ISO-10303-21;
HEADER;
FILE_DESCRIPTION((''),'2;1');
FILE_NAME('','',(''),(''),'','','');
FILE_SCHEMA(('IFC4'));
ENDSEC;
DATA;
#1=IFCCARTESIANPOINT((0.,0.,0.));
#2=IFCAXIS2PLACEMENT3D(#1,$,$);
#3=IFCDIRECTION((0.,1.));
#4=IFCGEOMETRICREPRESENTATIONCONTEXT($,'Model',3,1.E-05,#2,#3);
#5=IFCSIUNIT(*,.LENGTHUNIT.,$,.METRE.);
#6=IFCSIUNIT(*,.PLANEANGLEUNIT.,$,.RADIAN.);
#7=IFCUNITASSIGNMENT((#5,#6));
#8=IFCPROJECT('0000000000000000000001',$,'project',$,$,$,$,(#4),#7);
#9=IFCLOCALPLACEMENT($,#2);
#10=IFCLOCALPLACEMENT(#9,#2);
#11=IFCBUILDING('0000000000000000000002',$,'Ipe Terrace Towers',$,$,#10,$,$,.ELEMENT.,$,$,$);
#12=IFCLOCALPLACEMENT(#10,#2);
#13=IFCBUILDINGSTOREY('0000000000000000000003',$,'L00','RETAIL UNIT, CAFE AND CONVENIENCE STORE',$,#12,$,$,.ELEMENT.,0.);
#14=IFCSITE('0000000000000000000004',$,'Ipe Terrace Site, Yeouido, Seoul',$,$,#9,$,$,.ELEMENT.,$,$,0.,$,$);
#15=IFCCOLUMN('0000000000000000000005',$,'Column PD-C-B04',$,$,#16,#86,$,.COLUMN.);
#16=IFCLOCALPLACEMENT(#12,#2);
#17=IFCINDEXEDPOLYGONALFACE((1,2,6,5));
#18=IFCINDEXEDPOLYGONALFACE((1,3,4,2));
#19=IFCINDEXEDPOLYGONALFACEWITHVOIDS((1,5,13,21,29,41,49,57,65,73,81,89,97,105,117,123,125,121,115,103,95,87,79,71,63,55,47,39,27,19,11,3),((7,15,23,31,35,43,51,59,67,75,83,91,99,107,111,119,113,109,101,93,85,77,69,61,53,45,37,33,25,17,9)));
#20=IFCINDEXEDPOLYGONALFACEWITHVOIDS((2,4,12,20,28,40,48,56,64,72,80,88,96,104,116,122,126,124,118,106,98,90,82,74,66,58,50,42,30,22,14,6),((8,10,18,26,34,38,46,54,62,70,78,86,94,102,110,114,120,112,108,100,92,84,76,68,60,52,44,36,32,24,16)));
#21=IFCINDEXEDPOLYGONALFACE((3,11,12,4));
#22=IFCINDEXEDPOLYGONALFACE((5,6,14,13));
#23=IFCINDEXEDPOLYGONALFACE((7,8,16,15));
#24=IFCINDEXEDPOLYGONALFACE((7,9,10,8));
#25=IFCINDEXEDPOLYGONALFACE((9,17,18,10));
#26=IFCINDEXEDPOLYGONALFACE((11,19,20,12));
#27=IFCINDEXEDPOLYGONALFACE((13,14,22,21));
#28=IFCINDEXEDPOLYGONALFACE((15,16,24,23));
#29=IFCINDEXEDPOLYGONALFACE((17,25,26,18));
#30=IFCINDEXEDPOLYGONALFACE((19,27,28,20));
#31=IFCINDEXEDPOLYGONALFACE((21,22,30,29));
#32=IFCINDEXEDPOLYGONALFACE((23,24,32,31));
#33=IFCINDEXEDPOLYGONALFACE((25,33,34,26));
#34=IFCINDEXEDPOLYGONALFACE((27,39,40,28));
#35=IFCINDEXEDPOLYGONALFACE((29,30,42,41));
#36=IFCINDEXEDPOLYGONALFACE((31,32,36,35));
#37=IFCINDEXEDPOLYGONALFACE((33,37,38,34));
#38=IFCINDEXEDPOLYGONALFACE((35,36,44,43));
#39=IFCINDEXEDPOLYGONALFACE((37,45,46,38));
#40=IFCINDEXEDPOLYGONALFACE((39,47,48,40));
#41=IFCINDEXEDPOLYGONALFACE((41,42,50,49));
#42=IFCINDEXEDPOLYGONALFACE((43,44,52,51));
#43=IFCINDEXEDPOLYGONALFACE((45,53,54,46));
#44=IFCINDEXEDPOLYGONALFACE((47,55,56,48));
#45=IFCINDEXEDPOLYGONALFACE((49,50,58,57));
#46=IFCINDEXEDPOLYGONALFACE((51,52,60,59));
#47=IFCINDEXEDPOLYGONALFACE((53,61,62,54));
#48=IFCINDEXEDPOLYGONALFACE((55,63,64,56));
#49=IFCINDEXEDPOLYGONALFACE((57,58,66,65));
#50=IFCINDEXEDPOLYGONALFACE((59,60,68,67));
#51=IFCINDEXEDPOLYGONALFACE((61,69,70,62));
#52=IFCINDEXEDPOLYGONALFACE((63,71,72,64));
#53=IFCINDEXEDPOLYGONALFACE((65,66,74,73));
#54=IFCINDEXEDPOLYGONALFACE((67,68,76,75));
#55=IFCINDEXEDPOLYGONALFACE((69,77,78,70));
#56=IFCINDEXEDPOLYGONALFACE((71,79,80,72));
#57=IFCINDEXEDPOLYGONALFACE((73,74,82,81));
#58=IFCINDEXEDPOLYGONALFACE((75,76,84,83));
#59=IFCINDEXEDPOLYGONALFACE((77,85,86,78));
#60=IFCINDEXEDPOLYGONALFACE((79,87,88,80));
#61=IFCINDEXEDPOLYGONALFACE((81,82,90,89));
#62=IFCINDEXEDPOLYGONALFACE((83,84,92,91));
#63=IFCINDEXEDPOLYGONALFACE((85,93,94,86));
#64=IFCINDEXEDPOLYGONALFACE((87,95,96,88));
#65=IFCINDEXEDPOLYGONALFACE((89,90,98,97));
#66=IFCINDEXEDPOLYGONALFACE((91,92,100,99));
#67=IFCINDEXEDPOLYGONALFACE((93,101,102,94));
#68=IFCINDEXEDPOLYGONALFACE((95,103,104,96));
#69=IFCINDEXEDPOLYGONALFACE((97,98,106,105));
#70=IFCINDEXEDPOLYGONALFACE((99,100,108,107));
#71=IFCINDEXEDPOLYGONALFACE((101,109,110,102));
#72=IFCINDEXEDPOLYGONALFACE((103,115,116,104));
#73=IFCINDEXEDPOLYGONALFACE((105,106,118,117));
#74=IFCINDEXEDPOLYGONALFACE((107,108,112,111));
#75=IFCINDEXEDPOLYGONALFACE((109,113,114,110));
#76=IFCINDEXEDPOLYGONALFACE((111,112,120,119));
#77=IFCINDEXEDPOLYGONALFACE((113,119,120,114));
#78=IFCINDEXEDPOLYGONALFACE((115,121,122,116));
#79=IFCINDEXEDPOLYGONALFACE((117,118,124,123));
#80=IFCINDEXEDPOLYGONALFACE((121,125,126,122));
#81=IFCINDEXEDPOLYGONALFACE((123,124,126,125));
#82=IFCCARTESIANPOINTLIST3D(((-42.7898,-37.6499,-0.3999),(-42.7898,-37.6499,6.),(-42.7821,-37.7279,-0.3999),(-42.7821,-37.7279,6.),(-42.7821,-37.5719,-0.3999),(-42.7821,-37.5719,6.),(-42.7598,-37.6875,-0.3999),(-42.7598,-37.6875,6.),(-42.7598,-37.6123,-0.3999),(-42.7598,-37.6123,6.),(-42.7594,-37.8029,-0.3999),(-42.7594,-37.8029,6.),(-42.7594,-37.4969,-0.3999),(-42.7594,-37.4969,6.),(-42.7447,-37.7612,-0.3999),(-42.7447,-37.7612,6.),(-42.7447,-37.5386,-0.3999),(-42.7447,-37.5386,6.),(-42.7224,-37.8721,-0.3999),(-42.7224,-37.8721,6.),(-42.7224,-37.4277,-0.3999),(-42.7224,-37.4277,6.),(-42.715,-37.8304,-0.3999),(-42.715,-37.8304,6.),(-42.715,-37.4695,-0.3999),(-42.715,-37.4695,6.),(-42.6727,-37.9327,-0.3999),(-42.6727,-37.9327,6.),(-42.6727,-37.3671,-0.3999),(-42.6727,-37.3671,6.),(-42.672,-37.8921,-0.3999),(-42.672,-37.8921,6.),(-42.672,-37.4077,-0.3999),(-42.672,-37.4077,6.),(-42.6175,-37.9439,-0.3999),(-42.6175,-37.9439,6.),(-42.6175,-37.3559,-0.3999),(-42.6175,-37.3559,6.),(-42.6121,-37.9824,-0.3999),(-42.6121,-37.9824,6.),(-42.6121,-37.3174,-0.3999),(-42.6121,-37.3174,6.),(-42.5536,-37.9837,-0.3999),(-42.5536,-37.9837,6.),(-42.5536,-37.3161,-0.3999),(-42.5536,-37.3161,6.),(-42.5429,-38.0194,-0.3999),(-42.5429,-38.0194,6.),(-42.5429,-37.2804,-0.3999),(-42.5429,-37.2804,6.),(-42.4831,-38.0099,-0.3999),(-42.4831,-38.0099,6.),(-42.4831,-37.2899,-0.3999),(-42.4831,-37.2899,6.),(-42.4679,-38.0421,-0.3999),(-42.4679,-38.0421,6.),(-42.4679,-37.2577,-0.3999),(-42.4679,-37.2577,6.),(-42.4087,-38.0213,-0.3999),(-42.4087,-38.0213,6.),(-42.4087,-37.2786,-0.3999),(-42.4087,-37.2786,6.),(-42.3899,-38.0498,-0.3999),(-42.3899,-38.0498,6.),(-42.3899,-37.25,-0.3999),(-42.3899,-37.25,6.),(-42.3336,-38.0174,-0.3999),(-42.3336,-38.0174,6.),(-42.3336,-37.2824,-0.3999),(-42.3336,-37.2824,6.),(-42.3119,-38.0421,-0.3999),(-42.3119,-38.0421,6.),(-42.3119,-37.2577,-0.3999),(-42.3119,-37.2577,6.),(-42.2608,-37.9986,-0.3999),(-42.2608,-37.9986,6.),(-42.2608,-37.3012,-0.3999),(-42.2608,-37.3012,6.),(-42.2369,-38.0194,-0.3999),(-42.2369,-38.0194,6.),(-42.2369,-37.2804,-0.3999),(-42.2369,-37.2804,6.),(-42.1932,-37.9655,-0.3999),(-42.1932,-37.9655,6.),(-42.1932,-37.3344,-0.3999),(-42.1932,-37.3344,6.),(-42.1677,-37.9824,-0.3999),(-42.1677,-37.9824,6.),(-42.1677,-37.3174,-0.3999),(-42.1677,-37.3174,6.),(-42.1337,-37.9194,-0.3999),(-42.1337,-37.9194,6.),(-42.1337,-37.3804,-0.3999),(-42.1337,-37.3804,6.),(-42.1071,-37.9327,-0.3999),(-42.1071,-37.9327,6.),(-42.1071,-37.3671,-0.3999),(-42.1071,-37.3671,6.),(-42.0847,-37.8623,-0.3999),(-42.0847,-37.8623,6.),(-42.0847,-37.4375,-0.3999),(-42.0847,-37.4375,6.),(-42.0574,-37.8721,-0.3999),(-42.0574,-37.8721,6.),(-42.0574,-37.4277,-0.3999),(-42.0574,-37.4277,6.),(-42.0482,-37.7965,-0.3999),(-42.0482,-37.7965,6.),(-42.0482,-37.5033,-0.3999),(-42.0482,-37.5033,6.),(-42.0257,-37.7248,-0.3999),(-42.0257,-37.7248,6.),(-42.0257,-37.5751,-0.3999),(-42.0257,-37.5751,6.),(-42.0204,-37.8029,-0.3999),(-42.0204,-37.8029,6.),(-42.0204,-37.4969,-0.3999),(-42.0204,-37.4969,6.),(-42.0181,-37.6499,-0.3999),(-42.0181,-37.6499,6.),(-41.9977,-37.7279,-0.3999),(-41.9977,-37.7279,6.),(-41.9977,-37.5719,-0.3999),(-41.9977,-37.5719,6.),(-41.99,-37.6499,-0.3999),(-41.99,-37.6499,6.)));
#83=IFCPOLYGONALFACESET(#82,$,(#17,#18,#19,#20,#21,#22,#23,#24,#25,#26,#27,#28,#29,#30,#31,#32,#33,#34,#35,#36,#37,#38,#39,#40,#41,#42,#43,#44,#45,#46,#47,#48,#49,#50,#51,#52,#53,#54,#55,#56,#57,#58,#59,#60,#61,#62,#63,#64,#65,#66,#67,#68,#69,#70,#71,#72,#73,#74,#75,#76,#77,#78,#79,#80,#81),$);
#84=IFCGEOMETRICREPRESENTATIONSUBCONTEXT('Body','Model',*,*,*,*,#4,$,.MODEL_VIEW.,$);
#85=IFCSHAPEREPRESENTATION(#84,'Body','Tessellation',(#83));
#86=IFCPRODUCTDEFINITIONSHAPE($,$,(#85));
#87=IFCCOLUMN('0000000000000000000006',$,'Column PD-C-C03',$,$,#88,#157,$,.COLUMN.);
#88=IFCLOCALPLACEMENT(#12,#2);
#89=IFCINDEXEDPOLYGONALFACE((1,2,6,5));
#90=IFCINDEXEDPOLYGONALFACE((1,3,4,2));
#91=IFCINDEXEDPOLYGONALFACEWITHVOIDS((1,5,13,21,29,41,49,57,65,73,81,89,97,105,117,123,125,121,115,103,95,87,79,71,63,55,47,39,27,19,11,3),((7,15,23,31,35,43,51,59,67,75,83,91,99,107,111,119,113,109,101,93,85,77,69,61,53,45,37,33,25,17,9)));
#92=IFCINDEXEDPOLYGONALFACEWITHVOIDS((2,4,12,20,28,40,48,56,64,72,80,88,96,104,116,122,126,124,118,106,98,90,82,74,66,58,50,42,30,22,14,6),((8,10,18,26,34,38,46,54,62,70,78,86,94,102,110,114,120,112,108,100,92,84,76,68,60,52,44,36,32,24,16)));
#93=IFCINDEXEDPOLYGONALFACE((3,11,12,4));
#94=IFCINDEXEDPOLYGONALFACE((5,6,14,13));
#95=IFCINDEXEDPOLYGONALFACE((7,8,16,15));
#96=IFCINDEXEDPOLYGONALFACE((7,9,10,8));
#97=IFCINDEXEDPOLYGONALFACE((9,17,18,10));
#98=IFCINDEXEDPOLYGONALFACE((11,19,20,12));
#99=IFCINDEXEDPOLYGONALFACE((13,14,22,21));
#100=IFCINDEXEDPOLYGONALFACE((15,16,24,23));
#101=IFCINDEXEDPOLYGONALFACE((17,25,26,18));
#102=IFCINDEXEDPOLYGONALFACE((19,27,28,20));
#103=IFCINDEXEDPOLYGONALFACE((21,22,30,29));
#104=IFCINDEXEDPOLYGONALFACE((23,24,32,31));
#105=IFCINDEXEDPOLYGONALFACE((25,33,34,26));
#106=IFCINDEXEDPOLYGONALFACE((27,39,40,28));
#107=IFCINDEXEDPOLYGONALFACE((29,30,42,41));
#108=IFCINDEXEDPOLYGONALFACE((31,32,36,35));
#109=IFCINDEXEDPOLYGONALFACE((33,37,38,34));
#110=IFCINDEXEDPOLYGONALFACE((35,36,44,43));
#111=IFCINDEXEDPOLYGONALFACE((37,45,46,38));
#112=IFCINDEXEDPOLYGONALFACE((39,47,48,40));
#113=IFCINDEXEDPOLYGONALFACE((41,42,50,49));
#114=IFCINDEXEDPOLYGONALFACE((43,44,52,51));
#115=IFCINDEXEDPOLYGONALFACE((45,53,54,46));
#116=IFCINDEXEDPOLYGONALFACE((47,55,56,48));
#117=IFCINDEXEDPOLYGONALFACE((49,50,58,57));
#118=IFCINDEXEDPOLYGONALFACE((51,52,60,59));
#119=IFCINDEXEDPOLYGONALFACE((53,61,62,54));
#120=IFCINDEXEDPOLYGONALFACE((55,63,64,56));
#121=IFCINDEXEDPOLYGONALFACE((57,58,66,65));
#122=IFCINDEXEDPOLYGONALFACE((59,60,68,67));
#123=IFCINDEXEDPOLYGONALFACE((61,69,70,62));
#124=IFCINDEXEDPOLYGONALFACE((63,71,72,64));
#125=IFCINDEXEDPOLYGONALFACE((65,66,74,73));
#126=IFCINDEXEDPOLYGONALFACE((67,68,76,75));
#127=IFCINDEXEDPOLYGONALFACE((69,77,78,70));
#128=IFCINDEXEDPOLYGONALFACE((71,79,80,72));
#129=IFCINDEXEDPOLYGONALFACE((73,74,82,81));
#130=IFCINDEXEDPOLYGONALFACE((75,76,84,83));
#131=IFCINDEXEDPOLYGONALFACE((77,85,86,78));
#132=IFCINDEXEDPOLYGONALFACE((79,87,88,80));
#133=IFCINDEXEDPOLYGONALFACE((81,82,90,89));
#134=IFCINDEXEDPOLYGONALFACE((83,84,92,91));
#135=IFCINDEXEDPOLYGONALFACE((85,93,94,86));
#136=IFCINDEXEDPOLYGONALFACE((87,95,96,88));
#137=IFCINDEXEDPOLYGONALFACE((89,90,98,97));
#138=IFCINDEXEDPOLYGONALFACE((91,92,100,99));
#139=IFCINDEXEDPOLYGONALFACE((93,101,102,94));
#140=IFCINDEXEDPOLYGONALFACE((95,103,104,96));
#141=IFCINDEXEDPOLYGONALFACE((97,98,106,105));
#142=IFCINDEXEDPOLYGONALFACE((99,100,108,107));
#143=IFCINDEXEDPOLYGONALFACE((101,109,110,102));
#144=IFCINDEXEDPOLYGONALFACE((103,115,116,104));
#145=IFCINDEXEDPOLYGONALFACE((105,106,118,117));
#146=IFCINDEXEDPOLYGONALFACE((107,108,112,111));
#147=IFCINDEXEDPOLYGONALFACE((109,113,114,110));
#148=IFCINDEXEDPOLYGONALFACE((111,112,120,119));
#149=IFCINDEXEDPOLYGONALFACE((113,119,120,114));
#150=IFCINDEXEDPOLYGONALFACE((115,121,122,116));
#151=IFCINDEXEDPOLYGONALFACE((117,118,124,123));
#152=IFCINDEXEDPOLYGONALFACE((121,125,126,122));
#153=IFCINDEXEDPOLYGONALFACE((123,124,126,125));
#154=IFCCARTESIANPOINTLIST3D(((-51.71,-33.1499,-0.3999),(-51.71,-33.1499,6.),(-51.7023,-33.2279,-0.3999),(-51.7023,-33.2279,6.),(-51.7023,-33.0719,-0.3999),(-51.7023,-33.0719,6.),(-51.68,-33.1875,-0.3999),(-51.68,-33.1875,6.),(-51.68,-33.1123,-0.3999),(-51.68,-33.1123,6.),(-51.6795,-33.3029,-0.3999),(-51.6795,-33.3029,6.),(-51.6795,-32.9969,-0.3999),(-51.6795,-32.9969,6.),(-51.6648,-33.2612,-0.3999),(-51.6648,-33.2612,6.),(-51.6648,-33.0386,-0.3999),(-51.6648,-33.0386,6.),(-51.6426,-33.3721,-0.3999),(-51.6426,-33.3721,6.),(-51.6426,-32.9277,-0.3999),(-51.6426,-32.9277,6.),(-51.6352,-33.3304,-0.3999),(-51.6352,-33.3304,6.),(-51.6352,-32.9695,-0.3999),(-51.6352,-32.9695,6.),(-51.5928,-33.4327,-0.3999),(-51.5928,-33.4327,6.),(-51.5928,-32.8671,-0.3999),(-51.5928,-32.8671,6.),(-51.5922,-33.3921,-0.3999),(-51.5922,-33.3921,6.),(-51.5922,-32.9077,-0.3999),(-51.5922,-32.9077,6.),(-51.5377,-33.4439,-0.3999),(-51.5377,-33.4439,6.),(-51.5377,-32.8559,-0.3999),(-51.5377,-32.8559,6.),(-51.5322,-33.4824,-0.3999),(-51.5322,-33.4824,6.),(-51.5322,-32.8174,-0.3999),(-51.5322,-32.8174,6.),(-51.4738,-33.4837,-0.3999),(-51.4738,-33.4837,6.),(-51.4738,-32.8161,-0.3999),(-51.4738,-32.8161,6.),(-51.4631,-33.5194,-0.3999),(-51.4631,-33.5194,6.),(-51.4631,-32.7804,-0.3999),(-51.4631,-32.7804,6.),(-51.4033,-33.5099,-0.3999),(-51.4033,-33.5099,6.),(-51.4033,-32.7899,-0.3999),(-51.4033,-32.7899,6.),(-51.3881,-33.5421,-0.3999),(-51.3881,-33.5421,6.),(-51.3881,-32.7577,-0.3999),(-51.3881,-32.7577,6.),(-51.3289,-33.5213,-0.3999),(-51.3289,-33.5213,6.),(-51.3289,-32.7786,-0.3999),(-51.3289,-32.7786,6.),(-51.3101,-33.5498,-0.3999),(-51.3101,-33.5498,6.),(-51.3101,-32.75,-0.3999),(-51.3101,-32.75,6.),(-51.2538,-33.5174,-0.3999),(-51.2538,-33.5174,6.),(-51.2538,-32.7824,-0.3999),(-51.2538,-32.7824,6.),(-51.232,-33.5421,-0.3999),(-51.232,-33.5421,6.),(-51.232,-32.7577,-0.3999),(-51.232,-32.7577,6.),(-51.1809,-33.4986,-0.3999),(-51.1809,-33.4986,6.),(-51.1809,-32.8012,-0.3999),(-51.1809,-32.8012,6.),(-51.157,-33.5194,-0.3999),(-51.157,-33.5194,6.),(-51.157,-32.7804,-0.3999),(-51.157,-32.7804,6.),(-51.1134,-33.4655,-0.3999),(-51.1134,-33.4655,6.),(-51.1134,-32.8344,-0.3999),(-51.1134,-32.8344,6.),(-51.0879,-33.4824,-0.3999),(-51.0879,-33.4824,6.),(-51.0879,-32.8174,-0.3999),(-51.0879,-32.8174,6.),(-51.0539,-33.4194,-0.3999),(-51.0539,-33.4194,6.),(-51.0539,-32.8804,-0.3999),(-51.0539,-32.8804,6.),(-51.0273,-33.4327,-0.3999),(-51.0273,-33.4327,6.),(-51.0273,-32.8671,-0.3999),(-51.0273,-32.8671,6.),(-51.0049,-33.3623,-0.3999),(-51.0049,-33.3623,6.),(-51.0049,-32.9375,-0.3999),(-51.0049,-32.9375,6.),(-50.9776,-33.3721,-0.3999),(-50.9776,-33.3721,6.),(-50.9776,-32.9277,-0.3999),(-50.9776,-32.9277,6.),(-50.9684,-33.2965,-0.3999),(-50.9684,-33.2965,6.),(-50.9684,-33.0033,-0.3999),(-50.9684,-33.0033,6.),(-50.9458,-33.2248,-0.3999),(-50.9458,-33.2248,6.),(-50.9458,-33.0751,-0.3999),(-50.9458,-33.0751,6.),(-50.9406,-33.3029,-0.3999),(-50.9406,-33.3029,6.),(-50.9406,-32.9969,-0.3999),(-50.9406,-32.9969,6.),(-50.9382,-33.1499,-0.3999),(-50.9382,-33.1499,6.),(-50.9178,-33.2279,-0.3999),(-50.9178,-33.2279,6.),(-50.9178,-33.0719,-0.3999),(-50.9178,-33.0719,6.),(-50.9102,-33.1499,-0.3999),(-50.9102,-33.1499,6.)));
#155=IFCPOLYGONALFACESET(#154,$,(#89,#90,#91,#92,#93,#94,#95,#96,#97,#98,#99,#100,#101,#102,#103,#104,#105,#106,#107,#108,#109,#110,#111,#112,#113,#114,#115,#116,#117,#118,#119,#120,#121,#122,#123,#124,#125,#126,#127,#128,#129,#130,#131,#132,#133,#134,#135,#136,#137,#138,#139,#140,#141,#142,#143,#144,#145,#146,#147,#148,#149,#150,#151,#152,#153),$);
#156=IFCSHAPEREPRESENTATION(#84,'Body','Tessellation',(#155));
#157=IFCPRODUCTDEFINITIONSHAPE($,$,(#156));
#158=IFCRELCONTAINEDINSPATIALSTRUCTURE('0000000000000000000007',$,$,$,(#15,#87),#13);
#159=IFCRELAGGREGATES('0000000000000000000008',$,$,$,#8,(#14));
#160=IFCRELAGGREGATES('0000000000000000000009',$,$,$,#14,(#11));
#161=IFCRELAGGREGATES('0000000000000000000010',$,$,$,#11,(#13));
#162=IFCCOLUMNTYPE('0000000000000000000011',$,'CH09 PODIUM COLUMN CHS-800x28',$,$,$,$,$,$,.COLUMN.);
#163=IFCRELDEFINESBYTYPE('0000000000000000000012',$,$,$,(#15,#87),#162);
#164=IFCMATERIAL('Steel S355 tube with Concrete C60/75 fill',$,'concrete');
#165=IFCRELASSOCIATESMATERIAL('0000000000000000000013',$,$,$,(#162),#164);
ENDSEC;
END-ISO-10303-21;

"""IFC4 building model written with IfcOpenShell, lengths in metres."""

from ifc_helpers import new_model, si_unit, direction, frame, origin, origin_2d, place, context, subcontext, project, spatial, hollow_circle, extrude, material, material_profile, profile_set, type_object, element, save


model = new_model("IFC4")

# Units and contexts
model_context = context("Model", 3, precision=1e-05, world=origin(), true_north=direction((0.0, 1.0)))
body_context = subcontext(model_context, "Body", "Model", "MODEL_VIEW")
ifc_project = project(units=[si_unit("LENGTHUNIT", "METRE"), si_unit("PLANEANGLEUNIT", "RADIAN")], contexts=[model_context])

# Site, building, storey
site_placement = place(None, origin())
site = spatial("IfcSite", under=ifc_project, at=site_placement, Name="Ipe Terrace Site, Yeouido, Seoul", CompositionType="ELEMENT", RefElevation=0.0)
building_placement = place(site_placement, origin())
building = spatial("IfcBuilding", under=site, at=building_placement, Name="Ipe Terrace Towers", CompositionType="ELEMENT")
storey_placement = place(building_placement, origin())
storey = spatial("IfcBuildingStorey", under=building, at=storey_placement, Name="L00", Description="RETAIL UNIT, CAFE AND CONVENIENCE STORE", CompositionType="ELEMENT", Elevation=0.0)

# Columns
ifc_material_1 = material(Name="Steel S355 tube with Concrete C60/75 fill", Category="concrete")
ifc_material_profile_1 = material_profile(ifc_material_1, hollow_circle(Radius=0.3999, WallThickness=0.0281, at=origin_2d()), Name="CHS-800x28")
ifc_profile_set_1 = profile_set([ifc_material_profile_1], Name="Steel S355 tube with Concrete C60/75 fill")
column_type_1 = type_object("IfcColumnType", Name="CH09 PODIUM COLUMN CHS-800x28", PredefinedType="COLUMN", material=ifc_profile_set_1)
for number, where, z_axis, x_axis, name in (
    (1, (-42.3899, -37.6499, -0.3999), (0.0, 0.0, 1.0), (1.0, 0.0, 0.0), "Column PD-C-B04"),
    (2, (-51.3101, -33.1499, -0.3999), (0.0, 0.0, 1.0), (1.0, 0.0, 0.0), "Column PD-C-C03"),
):
    element("IfcColumn", number, at=place(storey_placement, frame(where, z_axis=z_axis, x_axis=x_axis)), inside=storey, type_object=column_type_1, Name=name, PredefinedType="COLUMN", context=body_context, shape_type="SweptSolid", body=[
        extrude(hollow_circle(Radius=0.3999, WallThickness=0.0281, at=origin_2d()), origin(), (0.0, 0.0, 1.0), 6.3999),
    ])

save(model, "model.ifc")
